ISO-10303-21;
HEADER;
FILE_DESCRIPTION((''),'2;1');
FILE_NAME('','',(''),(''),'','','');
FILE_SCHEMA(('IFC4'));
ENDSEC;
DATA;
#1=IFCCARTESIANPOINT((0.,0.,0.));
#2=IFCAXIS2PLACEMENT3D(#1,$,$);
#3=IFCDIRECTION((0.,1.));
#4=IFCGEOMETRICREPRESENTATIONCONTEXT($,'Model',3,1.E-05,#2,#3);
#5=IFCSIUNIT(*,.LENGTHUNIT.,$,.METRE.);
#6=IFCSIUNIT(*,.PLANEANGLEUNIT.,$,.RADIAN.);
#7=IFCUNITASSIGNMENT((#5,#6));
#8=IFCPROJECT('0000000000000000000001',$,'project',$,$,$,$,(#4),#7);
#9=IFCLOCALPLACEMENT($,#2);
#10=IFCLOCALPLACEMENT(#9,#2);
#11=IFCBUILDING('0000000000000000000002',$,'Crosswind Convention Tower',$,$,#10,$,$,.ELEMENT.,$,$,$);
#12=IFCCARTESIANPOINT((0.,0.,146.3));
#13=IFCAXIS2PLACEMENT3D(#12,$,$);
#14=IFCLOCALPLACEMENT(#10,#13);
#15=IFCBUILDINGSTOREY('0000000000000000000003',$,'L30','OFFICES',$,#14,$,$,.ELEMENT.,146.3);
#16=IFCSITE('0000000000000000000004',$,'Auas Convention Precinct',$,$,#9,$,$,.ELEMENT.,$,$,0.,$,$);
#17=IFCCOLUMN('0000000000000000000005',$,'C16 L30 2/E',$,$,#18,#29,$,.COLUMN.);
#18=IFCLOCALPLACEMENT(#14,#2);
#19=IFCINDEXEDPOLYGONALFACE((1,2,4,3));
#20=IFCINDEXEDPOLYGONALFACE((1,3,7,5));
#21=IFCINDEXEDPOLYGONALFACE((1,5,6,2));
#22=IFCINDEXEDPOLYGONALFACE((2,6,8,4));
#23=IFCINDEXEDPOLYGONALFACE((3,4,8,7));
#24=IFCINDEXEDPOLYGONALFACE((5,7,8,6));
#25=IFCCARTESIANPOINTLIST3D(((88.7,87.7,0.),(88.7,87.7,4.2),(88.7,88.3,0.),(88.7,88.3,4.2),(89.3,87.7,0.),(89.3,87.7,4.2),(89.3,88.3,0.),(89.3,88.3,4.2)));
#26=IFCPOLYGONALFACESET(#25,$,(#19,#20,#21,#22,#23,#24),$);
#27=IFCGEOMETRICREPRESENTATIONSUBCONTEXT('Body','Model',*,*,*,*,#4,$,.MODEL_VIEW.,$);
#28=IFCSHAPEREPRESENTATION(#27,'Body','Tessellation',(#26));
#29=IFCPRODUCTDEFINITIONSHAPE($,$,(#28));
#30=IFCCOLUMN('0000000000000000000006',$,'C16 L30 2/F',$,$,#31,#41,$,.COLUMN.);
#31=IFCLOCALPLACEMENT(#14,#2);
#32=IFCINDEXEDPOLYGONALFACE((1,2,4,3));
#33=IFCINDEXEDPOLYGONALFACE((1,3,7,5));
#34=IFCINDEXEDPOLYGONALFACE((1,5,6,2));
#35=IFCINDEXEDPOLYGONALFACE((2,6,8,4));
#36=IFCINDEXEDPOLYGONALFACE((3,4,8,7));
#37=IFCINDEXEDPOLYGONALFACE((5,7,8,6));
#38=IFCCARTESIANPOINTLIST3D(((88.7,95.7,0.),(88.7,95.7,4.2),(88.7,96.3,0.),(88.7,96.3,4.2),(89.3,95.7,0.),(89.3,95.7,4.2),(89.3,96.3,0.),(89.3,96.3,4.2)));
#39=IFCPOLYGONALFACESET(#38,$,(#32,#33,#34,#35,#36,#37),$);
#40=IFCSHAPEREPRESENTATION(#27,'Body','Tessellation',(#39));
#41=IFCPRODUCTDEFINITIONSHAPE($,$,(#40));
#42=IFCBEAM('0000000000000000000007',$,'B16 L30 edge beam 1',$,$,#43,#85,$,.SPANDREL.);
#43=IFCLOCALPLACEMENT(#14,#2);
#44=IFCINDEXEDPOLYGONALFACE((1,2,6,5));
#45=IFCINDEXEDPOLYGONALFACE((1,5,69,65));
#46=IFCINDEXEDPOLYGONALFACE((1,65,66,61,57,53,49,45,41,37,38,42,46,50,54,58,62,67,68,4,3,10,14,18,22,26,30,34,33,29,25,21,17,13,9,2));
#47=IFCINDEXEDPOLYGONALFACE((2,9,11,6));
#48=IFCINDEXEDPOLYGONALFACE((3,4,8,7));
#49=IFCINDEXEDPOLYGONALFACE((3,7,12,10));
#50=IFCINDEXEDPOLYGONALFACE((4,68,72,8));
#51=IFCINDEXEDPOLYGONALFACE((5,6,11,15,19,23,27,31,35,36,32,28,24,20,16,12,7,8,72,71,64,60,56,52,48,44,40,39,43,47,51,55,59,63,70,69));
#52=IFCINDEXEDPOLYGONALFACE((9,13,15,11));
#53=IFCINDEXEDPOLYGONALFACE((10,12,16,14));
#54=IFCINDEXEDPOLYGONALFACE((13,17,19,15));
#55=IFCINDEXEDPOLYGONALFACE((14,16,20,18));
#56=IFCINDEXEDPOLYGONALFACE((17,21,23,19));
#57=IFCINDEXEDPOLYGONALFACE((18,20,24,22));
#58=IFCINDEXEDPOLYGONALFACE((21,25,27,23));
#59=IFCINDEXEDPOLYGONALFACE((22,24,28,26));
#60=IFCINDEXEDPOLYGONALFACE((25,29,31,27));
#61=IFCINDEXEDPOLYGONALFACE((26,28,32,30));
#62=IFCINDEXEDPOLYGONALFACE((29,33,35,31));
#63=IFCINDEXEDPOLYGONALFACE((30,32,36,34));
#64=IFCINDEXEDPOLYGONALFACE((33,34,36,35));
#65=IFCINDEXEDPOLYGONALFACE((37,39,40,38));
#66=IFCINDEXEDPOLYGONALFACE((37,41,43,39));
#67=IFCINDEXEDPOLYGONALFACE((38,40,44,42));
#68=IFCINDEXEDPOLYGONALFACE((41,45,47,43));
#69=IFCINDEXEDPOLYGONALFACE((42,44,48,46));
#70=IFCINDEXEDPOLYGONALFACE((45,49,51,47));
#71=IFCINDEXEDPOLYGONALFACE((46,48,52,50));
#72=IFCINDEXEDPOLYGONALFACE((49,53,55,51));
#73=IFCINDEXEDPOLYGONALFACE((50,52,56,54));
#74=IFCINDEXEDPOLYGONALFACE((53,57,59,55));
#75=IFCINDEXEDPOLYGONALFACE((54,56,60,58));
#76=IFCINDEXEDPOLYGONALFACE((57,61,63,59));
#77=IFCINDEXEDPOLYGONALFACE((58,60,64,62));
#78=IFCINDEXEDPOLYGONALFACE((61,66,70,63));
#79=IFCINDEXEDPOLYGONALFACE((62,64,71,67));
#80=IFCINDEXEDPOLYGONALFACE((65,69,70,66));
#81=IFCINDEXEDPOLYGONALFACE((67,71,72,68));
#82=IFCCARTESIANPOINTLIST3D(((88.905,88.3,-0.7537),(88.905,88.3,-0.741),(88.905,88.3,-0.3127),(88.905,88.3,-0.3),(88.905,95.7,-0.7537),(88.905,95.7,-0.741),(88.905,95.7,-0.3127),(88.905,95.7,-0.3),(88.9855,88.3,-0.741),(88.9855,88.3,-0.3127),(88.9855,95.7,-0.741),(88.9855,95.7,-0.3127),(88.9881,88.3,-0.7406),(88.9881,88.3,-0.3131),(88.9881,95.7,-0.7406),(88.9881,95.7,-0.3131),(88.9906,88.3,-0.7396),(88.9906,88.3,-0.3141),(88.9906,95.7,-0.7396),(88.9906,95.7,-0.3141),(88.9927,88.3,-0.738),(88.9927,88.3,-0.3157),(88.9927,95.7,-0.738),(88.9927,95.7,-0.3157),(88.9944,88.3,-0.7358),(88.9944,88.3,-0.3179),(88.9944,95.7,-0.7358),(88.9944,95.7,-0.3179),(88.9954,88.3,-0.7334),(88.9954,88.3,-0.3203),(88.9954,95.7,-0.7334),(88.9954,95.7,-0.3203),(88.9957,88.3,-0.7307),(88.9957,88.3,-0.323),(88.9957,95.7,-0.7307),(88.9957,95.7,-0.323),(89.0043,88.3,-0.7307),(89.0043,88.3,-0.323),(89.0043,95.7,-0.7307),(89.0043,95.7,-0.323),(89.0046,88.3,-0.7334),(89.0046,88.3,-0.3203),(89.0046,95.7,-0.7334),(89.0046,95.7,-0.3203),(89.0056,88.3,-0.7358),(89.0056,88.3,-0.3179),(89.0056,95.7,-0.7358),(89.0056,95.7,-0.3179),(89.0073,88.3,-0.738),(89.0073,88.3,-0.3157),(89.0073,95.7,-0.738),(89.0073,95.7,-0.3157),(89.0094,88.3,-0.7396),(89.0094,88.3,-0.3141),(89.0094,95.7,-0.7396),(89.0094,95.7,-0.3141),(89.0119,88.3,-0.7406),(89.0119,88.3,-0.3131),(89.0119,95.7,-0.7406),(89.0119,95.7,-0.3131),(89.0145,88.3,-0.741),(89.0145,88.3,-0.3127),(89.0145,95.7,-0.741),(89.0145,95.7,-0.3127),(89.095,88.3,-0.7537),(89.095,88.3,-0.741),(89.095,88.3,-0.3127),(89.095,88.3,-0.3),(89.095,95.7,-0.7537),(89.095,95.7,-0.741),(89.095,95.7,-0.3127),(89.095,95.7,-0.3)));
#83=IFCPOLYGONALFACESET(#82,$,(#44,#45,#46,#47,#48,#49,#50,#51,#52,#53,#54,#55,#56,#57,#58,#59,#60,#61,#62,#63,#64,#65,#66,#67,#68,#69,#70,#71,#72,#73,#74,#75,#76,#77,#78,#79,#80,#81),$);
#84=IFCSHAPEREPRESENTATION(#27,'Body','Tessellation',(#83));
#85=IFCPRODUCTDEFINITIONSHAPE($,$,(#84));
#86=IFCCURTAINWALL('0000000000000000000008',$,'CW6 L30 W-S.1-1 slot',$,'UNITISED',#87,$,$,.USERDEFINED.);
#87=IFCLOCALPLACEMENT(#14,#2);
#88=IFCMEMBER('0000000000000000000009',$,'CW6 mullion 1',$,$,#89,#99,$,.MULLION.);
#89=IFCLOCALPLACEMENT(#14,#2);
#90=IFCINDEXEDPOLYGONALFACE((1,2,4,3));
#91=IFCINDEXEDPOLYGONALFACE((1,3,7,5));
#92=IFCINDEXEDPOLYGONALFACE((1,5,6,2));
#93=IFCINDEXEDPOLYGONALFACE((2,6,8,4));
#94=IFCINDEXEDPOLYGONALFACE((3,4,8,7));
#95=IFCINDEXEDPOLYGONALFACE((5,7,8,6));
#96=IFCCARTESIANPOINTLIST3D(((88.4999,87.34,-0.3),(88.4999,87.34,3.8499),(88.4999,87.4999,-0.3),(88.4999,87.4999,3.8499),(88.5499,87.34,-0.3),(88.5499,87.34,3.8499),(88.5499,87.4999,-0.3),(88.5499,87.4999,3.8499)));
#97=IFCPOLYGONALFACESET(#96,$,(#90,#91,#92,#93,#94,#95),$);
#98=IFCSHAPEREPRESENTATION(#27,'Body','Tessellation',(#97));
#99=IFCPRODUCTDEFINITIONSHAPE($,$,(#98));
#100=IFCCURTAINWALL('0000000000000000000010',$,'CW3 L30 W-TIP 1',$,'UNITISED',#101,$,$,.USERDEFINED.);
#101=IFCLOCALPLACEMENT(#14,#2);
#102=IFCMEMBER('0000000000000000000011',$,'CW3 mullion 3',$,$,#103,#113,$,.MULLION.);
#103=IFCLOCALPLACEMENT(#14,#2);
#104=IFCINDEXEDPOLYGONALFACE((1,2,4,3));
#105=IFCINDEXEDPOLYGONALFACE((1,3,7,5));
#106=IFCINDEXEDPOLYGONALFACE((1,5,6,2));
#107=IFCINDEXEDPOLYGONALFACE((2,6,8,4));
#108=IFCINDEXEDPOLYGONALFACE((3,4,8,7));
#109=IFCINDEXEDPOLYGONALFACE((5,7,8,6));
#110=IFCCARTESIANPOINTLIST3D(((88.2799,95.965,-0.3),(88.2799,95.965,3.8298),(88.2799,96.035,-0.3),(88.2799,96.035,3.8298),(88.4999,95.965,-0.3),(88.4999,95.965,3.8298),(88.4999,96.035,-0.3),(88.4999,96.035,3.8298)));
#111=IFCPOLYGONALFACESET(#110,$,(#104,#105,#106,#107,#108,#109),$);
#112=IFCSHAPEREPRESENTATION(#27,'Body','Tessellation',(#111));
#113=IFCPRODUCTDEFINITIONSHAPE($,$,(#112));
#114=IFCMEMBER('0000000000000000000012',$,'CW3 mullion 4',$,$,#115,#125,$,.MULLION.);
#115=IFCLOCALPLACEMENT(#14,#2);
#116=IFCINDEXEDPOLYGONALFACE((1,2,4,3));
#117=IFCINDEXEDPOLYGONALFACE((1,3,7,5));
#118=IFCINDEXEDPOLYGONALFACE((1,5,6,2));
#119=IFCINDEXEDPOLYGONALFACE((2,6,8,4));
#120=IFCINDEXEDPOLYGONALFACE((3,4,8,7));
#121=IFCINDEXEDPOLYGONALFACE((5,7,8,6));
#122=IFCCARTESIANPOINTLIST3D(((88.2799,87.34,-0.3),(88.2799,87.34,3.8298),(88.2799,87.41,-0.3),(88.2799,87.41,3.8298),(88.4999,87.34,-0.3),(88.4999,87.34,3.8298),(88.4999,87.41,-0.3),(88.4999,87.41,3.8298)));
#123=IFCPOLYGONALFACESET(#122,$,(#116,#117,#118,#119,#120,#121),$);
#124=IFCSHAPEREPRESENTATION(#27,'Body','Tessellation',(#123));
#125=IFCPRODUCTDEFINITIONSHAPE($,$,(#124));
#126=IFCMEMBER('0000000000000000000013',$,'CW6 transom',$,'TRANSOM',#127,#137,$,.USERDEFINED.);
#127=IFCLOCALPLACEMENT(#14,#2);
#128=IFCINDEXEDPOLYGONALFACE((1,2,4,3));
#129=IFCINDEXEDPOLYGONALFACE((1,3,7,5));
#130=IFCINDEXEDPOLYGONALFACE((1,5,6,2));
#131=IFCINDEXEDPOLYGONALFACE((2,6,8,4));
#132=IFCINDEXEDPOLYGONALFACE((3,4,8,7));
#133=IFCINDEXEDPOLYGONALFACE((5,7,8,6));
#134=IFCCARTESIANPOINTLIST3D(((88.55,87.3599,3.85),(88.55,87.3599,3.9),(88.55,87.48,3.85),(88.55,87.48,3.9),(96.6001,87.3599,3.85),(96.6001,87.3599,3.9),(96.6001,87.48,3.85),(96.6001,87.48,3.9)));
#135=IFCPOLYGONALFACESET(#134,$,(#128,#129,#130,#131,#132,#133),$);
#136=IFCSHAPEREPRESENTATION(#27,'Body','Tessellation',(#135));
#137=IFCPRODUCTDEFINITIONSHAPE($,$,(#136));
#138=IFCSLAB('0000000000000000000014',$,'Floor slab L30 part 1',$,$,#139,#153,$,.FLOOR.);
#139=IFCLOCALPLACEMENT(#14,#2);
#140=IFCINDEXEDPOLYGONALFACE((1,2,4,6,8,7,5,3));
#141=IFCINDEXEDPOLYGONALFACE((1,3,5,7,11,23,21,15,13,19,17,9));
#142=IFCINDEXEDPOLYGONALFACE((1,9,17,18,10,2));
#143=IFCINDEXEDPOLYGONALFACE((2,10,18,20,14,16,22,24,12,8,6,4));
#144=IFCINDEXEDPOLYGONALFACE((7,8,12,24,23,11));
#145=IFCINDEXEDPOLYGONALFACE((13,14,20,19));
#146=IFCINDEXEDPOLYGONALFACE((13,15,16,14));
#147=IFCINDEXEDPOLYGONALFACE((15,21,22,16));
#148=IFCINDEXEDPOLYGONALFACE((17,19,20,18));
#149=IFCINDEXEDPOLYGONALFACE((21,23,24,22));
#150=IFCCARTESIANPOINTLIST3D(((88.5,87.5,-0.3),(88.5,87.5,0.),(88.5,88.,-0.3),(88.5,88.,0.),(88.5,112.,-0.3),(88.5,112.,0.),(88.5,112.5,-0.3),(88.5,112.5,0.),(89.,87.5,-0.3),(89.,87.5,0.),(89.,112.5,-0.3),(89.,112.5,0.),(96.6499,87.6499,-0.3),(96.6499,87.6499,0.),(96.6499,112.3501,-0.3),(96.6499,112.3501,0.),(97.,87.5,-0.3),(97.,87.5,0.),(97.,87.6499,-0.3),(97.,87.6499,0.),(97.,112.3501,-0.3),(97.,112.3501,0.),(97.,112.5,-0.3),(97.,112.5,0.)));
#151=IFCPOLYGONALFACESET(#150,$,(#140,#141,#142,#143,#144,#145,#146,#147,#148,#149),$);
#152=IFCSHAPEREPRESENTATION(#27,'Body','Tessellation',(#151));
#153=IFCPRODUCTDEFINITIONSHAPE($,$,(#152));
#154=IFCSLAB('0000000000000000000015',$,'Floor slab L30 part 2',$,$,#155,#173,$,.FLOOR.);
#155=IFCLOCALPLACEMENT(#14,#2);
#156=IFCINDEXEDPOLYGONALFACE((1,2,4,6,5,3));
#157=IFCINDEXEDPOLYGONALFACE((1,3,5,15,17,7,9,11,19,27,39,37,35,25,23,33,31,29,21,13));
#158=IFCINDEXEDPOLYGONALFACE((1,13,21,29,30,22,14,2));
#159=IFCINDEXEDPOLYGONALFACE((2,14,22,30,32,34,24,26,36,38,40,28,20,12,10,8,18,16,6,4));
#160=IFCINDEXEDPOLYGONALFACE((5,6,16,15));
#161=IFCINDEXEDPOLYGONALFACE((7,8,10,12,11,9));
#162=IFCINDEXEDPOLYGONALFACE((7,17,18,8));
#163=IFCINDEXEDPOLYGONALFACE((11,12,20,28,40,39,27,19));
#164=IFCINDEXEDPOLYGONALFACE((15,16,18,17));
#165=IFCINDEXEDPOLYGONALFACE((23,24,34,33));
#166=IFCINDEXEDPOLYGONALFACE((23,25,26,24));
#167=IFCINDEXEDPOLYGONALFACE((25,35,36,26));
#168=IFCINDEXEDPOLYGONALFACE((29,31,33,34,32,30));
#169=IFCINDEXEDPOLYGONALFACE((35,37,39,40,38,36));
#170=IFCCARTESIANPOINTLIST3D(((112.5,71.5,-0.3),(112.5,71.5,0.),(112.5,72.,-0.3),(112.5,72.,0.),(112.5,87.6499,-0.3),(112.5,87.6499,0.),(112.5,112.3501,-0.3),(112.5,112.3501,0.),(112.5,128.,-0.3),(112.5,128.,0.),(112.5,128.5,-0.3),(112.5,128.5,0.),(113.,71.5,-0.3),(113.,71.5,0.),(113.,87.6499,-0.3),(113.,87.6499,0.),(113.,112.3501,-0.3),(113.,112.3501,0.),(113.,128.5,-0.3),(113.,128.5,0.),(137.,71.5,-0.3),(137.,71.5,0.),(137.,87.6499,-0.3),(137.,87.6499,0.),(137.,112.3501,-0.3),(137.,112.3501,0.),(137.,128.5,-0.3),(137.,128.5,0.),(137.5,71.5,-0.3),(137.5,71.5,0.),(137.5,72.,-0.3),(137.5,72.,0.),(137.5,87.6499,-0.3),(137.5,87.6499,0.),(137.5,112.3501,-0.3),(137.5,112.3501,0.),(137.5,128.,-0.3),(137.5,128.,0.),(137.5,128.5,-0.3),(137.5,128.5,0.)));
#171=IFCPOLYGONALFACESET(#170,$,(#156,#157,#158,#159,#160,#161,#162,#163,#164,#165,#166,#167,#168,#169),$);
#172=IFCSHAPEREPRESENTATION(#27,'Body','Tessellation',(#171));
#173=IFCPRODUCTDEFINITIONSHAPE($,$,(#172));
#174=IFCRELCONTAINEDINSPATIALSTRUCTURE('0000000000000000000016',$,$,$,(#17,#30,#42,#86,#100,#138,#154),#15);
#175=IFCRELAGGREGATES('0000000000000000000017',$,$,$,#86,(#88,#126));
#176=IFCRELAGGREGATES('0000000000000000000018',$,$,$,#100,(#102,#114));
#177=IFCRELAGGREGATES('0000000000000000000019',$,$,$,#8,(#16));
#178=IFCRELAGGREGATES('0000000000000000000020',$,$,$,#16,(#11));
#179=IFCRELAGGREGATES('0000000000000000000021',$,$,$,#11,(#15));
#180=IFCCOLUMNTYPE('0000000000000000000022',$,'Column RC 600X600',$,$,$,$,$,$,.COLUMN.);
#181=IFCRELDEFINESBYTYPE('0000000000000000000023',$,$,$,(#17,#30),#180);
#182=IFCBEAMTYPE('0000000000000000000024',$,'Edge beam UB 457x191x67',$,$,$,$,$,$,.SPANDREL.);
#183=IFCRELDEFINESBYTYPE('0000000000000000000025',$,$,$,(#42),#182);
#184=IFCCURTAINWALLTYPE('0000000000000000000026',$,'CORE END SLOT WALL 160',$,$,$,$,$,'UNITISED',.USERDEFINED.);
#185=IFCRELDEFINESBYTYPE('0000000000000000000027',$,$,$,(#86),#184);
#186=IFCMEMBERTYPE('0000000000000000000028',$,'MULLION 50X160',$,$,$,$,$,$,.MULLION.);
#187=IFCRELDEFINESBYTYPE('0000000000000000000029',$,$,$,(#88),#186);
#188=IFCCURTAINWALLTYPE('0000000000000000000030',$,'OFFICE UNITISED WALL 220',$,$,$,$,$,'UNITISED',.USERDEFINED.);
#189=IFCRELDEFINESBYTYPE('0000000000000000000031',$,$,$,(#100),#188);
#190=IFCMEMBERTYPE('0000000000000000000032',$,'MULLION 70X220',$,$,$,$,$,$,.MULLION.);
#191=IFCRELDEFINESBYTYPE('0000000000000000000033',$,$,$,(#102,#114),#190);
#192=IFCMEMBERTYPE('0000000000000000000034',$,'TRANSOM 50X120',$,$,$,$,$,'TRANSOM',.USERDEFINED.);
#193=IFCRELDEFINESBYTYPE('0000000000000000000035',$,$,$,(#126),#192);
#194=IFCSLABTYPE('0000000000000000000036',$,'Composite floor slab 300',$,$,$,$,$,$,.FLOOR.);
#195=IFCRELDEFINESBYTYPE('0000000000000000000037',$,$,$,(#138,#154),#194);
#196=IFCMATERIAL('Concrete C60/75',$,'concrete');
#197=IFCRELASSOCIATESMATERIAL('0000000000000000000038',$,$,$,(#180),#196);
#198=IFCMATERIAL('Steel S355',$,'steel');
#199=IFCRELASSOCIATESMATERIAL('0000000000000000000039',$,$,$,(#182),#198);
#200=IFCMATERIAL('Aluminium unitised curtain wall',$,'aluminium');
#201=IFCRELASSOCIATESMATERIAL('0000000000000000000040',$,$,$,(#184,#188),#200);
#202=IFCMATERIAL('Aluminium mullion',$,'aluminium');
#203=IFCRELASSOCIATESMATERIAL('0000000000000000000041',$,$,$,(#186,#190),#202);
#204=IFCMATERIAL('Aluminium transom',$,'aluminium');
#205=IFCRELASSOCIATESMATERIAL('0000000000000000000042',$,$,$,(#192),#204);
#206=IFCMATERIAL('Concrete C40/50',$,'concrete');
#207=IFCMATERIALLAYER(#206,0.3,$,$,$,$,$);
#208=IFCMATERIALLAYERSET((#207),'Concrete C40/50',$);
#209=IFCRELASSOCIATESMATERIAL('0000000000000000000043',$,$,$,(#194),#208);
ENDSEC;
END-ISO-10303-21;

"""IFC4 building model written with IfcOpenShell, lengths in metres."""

from ifc_helpers import new_model, si_unit, direction, frame, origin, origin_2d, place, context, subcontext, project, spatial, polyline, rectangle, i_section, outline, extrude, material, layer, layer_set, material_profile, profile_set, type_object, element, aggregate, save


model = new_model("IFC4")

# Units and contexts
model_context = context("Model", 3, precision=1e-05, world=origin(), true_north=direction((0.0, 1.0)))
body_context = subcontext(model_context, "Body", "Model", "MODEL_VIEW")
ifc_project = project(units=[si_unit("LENGTHUNIT", "METRE"), si_unit("PLANEANGLEUNIT", "RADIAN")], contexts=[model_context])

# Site, building, storey
site_placement = place(None, origin())
site = spatial("IfcSite", under=ifc_project, at=site_placement, Name="Auas Convention Precinct", CompositionType="ELEMENT", RefElevation=0.0)
building_placement = place(site_placement, origin())
building = spatial("IfcBuilding", under=site, at=building_placement, Name="Crosswind Convention Tower", CompositionType="ELEMENT")
storey_placement = place(building_placement, frame((0.0, 0.0, 146.3)))
storey = spatial("IfcBuildingStorey", under=building, at=storey_placement, Name="L30", Description="OFFICES", CompositionType="ELEMENT", Elevation=146.3)

# Columns
ifc_material_1 = material(Name="Concrete C60/75", Category="concrete")
ifc_material_profile_1 = material_profile(ifc_material_1, rectangle(XDim=0.6001, YDim=0.6001, at=origin_2d()), Name="RC 600X600")
ifc_profile_set_1 = profile_set([ifc_material_profile_1], Name="Concrete C60/75")
column_type = type_object("IfcColumnType", Name="Column RC 600X600", PredefinedType="COLUMN", material=ifc_profile_set_1)
for number, where, z_axis, x_axis, name in (
    (1, (89.0, 88.0, 0.0), (0.0, 0.0, 1.0), (1.0, 0.0, 0.0), "C16 L30 2/E"),
    (2, (89.0, 96.0, 0.0), (0.0, 0.0, 1.0), (1.0, 0.0, 0.0), "C16 L30 2/F"),
):
    element("IfcColumn", number, at=place(storey_placement, frame(where, z_axis=z_axis, x_axis=x_axis)), inside=storey, type_object=column_type, Name=name, PredefinedType="COLUMN", context=body_context, shape_type="SweptSolid", body=[
        extrude(rectangle(XDim=0.6001, YDim=0.6001, at=origin_2d()), origin(), (0.0, 0.0, 1.0), 4.2),
    ])

# Beam
ifc_material_2 = material(Name="Steel S355", Category="steel")
ifc_material_profile_2 = material_profile(ifc_material_2, i_section(OverallWidth=0.1899, OverallDepth=0.4536, WebThickness=0.0085, FlangeThickness=0.0127, FilletRadius=0.0103, at=origin_2d()), Name="UB 457x191x67")
ifc_profile_set_2 = profile_set([ifc_material_profile_2], Name="Steel S355")
beam_type = type_object("IfcBeamType", Name="Edge beam UB 457x191x67", PredefinedType="SPANDREL", material=ifc_profile_set_2)
beam_placement = place(storey_placement, frame((89.0, 88.3, -0.5269), z_axis=(0.0, 1.0, 0.0), x_axis=(-1.0, 0.0, 0.0)))
element("IfcBeam", 3, at=beam_placement, inside=storey, type_object=beam_type, Name="B16 L30 edge beam 1", PredefinedType="SPANDREL", context=body_context, shape_type="SweptSolid", body=[
    extrude(i_section(OverallWidth=0.1899, OverallDepth=0.4536, WebThickness=0.0085, FlangeThickness=0.0127, FilletRadius=0.0103, at=origin_2d()), origin(), (0.0, 0.0, 1.0), 7.3999),
])

# Curtain wall, member
ifc_material_3 = material(Name="Aluminium unitised curtain wall", Category="aluminium")
curtain_wall_type_1 = type_object("IfcCurtainWallType", Name="CORE END SLOT WALL 160", ElementType="UNITISED", PredefinedType="USERDEFINED", material=ifc_material_3)
curtain_wall_1_placement = place(storey_placement, origin())
curtain_wall_1 = element("IfcCurtainWall", 4, at=curtain_wall_1_placement, inside=storey, type_object=curtain_wall_type_1, Name="CW6 L30 W-S.1-1 slot", ObjectType="UNITISED", PredefinedType="USERDEFINED")
ifc_material_4 = material(Name="Aluminium mullion", Category="aluminium")
ifc_material_profile_3 = material_profile(ifc_material_4, rectangle(XDim=0.1599, YDim=0.05, at=origin_2d()), Name="AL 160X50")
ifc_profile_set_3 = profile_set([ifc_material_profile_3], Name="Aluminium mullion")
member_type_1 = type_object("IfcMemberType", Name="MULLION 50X160", PredefinedType="MULLION", material=ifc_profile_set_3)
member_1_placement = place(storey_placement, frame((88.5249, 87.4199, -0.3), z_axis=(0.0, 0.0, 1.0), x_axis=(0.0, -1.0, 0.0)))
member_1 = element("IfcMember", 5, at=member_1_placement, type_object=member_type_1, Name="CW6 mullion 1", PredefinedType="MULLION", context=body_context, shape_type="SweptSolid", body=[
    extrude(rectangle(XDim=0.1599, YDim=0.05, at=origin_2d()), origin(), (0.0, 0.0, 1.0), 4.1499),
])

# Curtain wall, members
curtain_wall_type_2 = type_object("IfcCurtainWallType", Name="OFFICE UNITISED WALL 220", ElementType="UNITISED", PredefinedType="USERDEFINED", material=ifc_material_3)
curtain_wall_2_placement = place(storey_placement, origin())
curtain_wall_2 = element("IfcCurtainWall", 6, at=curtain_wall_2_placement, inside=storey, type_object=curtain_wall_type_2, Name="CW3 L30 W-TIP 1", ObjectType="UNITISED", PredefinedType="USERDEFINED")
ifc_material_profile_4 = material_profile(ifc_material_4, rectangle(XDim=0.22, YDim=0.0701, at=origin_2d()), Name="AL 220X70")
ifc_profile_set_4 = profile_set([ifc_material_profile_4], Name="Aluminium mullion")
member_type_2 = type_object("IfcMemberType", Name="MULLION 70X220", PredefinedType="MULLION", material=ifc_profile_set_4)
member_2_placement = place(storey_placement, frame((88.3899, 96.0, -0.3), z_axis=(0.0, 0.0, 1.0), x_axis=(-1.0, 0.0, 0.0)))
member_2 = element("IfcMember", 7, at=member_2_placement, type_object=member_type_2, Name="CW3 mullion 3", PredefinedType="MULLION", context=body_context, shape_type="SweptSolid", body=[
    extrude(rectangle(XDim=0.22, YDim=0.0701, at=origin_2d()), origin(), (0.0, 0.0, 1.0), 4.1299),
])
member_3_placement = place(storey_placement, frame((88.3899, 87.375, -0.3), z_axis=(0.0, 0.0, 1.0), x_axis=(-1.0, 0.0, 0.0)))
member_3 = element("IfcMember", 8, at=member_3_placement, type_object=member_type_2, Name="CW3 mullion 4", PredefinedType="MULLION", context=body_context, shape_type="SweptSolid", body=[
    extrude(rectangle(XDim=0.22, YDim=0.0701, at=origin_2d()), origin(), (0.0, 0.0, 1.0), 4.1299),
])

# Member
ifc_material_5 = material(Name="Aluminium transom", Category="aluminium")
ifc_material_profile_5 = material_profile(ifc_material_5, rectangle(XDim=0.1201, YDim=0.05, at=origin_2d()), Name="AL 120X50")
ifc_profile_set_5 = profile_set([ifc_material_profile_5], Name="Aluminium transom")
member_type_3 = type_object("IfcMemberType", Name="TRANSOM 50X120", ElementType="TRANSOM", PredefinedType="USERDEFINED", material=ifc_profile_set_5)
member_4_placement = place(storey_placement, frame((88.55, 87.4199, 3.875), z_axis=(1.0, 0.0, 0.0), x_axis=(0.0, 1.0, 0.0)))
member_4 = element("IfcMember", 9, at=member_4_placement, type_object=member_type_3, Name="CW6 transom", ObjectType="TRANSOM", PredefinedType="USERDEFINED", context=body_context, shape_type="SweptSolid", body=[
    extrude(rectangle(XDim=0.1201, YDim=0.05, at=origin_2d()), origin(), (0.0, 0.0, 1.0), 8.05),
])

# Slabs
ifc_material_6 = material(Name="Concrete C40/50", Category="concrete")
ifc_layer_1 = layer(ifc_material_6, 0.3)
ifc_layer_set_1 = layer_set([ifc_layer_1], Name="Concrete C40/50")
slab_type_1 = type_object("IfcSlabType", Name="Composite floor slab 300", PredefinedType="FLOOR", material=ifc_layer_set_1)
slab_1_placement = place(storey_placement, frame((0.0, 0.0, -0.3)))
element("IfcSlab", 10, at=slab_1_placement, inside=storey, type_object=slab_type_1, Name="Floor slab L30 part 1", PredefinedType="FLOOR", context=body_context, shape_type="SweptSolid", body=[
    extrude(outline(polyline([(97.0, 87.5), (89.0, 87.5), (88.5, 87.5), (88.5, 88.0), (88.5, 112.0), (88.5, 112.5), (89.0, 112.5), (97.0, 112.5), (97.0, 112.3501), (96.6499, 112.3501), (96.6499, 87.6499), (97.0, 87.6499), (97.0, 87.5)])), origin(), (0.0, 0.0, 1.0), 0.3),
])
slab_2_placement = place(storey_placement, frame((0.0, 0.0, -0.3)))
element("IfcSlab", 11, at=slab_2_placement, inside=storey, type_object=slab_type_1, Name="Floor slab L30 part 2", PredefinedType="FLOOR", context=body_context, shape_type="SweptSolid", body=[
    extrude(outline(polyline([(112.5, 87.6499), (113.0, 87.6499), (113.0, 112.3501), (112.5, 112.3501), (112.5, 128.0), (112.5, 128.5), (113.0, 128.5), (137.0, 128.5), (137.5, 128.5), (137.5, 128.0), (137.5, 112.3501), (137.0, 112.3501), (137.0, 87.6499), (137.5, 87.6499), (137.5, 72.0), (137.5, 71.5), (137.0, 71.5), (113.0, 71.5), (112.5, 71.5), (112.5, 72.0), (112.5, 87.6499)])), origin(), (0.0, 0.0, 1.0), 0.3),
])

aggregate(curtain_wall_1, [member_1, member_4])
aggregate(curtain_wall_2, [member_2, member_3])

save(model, "model.ifc")
